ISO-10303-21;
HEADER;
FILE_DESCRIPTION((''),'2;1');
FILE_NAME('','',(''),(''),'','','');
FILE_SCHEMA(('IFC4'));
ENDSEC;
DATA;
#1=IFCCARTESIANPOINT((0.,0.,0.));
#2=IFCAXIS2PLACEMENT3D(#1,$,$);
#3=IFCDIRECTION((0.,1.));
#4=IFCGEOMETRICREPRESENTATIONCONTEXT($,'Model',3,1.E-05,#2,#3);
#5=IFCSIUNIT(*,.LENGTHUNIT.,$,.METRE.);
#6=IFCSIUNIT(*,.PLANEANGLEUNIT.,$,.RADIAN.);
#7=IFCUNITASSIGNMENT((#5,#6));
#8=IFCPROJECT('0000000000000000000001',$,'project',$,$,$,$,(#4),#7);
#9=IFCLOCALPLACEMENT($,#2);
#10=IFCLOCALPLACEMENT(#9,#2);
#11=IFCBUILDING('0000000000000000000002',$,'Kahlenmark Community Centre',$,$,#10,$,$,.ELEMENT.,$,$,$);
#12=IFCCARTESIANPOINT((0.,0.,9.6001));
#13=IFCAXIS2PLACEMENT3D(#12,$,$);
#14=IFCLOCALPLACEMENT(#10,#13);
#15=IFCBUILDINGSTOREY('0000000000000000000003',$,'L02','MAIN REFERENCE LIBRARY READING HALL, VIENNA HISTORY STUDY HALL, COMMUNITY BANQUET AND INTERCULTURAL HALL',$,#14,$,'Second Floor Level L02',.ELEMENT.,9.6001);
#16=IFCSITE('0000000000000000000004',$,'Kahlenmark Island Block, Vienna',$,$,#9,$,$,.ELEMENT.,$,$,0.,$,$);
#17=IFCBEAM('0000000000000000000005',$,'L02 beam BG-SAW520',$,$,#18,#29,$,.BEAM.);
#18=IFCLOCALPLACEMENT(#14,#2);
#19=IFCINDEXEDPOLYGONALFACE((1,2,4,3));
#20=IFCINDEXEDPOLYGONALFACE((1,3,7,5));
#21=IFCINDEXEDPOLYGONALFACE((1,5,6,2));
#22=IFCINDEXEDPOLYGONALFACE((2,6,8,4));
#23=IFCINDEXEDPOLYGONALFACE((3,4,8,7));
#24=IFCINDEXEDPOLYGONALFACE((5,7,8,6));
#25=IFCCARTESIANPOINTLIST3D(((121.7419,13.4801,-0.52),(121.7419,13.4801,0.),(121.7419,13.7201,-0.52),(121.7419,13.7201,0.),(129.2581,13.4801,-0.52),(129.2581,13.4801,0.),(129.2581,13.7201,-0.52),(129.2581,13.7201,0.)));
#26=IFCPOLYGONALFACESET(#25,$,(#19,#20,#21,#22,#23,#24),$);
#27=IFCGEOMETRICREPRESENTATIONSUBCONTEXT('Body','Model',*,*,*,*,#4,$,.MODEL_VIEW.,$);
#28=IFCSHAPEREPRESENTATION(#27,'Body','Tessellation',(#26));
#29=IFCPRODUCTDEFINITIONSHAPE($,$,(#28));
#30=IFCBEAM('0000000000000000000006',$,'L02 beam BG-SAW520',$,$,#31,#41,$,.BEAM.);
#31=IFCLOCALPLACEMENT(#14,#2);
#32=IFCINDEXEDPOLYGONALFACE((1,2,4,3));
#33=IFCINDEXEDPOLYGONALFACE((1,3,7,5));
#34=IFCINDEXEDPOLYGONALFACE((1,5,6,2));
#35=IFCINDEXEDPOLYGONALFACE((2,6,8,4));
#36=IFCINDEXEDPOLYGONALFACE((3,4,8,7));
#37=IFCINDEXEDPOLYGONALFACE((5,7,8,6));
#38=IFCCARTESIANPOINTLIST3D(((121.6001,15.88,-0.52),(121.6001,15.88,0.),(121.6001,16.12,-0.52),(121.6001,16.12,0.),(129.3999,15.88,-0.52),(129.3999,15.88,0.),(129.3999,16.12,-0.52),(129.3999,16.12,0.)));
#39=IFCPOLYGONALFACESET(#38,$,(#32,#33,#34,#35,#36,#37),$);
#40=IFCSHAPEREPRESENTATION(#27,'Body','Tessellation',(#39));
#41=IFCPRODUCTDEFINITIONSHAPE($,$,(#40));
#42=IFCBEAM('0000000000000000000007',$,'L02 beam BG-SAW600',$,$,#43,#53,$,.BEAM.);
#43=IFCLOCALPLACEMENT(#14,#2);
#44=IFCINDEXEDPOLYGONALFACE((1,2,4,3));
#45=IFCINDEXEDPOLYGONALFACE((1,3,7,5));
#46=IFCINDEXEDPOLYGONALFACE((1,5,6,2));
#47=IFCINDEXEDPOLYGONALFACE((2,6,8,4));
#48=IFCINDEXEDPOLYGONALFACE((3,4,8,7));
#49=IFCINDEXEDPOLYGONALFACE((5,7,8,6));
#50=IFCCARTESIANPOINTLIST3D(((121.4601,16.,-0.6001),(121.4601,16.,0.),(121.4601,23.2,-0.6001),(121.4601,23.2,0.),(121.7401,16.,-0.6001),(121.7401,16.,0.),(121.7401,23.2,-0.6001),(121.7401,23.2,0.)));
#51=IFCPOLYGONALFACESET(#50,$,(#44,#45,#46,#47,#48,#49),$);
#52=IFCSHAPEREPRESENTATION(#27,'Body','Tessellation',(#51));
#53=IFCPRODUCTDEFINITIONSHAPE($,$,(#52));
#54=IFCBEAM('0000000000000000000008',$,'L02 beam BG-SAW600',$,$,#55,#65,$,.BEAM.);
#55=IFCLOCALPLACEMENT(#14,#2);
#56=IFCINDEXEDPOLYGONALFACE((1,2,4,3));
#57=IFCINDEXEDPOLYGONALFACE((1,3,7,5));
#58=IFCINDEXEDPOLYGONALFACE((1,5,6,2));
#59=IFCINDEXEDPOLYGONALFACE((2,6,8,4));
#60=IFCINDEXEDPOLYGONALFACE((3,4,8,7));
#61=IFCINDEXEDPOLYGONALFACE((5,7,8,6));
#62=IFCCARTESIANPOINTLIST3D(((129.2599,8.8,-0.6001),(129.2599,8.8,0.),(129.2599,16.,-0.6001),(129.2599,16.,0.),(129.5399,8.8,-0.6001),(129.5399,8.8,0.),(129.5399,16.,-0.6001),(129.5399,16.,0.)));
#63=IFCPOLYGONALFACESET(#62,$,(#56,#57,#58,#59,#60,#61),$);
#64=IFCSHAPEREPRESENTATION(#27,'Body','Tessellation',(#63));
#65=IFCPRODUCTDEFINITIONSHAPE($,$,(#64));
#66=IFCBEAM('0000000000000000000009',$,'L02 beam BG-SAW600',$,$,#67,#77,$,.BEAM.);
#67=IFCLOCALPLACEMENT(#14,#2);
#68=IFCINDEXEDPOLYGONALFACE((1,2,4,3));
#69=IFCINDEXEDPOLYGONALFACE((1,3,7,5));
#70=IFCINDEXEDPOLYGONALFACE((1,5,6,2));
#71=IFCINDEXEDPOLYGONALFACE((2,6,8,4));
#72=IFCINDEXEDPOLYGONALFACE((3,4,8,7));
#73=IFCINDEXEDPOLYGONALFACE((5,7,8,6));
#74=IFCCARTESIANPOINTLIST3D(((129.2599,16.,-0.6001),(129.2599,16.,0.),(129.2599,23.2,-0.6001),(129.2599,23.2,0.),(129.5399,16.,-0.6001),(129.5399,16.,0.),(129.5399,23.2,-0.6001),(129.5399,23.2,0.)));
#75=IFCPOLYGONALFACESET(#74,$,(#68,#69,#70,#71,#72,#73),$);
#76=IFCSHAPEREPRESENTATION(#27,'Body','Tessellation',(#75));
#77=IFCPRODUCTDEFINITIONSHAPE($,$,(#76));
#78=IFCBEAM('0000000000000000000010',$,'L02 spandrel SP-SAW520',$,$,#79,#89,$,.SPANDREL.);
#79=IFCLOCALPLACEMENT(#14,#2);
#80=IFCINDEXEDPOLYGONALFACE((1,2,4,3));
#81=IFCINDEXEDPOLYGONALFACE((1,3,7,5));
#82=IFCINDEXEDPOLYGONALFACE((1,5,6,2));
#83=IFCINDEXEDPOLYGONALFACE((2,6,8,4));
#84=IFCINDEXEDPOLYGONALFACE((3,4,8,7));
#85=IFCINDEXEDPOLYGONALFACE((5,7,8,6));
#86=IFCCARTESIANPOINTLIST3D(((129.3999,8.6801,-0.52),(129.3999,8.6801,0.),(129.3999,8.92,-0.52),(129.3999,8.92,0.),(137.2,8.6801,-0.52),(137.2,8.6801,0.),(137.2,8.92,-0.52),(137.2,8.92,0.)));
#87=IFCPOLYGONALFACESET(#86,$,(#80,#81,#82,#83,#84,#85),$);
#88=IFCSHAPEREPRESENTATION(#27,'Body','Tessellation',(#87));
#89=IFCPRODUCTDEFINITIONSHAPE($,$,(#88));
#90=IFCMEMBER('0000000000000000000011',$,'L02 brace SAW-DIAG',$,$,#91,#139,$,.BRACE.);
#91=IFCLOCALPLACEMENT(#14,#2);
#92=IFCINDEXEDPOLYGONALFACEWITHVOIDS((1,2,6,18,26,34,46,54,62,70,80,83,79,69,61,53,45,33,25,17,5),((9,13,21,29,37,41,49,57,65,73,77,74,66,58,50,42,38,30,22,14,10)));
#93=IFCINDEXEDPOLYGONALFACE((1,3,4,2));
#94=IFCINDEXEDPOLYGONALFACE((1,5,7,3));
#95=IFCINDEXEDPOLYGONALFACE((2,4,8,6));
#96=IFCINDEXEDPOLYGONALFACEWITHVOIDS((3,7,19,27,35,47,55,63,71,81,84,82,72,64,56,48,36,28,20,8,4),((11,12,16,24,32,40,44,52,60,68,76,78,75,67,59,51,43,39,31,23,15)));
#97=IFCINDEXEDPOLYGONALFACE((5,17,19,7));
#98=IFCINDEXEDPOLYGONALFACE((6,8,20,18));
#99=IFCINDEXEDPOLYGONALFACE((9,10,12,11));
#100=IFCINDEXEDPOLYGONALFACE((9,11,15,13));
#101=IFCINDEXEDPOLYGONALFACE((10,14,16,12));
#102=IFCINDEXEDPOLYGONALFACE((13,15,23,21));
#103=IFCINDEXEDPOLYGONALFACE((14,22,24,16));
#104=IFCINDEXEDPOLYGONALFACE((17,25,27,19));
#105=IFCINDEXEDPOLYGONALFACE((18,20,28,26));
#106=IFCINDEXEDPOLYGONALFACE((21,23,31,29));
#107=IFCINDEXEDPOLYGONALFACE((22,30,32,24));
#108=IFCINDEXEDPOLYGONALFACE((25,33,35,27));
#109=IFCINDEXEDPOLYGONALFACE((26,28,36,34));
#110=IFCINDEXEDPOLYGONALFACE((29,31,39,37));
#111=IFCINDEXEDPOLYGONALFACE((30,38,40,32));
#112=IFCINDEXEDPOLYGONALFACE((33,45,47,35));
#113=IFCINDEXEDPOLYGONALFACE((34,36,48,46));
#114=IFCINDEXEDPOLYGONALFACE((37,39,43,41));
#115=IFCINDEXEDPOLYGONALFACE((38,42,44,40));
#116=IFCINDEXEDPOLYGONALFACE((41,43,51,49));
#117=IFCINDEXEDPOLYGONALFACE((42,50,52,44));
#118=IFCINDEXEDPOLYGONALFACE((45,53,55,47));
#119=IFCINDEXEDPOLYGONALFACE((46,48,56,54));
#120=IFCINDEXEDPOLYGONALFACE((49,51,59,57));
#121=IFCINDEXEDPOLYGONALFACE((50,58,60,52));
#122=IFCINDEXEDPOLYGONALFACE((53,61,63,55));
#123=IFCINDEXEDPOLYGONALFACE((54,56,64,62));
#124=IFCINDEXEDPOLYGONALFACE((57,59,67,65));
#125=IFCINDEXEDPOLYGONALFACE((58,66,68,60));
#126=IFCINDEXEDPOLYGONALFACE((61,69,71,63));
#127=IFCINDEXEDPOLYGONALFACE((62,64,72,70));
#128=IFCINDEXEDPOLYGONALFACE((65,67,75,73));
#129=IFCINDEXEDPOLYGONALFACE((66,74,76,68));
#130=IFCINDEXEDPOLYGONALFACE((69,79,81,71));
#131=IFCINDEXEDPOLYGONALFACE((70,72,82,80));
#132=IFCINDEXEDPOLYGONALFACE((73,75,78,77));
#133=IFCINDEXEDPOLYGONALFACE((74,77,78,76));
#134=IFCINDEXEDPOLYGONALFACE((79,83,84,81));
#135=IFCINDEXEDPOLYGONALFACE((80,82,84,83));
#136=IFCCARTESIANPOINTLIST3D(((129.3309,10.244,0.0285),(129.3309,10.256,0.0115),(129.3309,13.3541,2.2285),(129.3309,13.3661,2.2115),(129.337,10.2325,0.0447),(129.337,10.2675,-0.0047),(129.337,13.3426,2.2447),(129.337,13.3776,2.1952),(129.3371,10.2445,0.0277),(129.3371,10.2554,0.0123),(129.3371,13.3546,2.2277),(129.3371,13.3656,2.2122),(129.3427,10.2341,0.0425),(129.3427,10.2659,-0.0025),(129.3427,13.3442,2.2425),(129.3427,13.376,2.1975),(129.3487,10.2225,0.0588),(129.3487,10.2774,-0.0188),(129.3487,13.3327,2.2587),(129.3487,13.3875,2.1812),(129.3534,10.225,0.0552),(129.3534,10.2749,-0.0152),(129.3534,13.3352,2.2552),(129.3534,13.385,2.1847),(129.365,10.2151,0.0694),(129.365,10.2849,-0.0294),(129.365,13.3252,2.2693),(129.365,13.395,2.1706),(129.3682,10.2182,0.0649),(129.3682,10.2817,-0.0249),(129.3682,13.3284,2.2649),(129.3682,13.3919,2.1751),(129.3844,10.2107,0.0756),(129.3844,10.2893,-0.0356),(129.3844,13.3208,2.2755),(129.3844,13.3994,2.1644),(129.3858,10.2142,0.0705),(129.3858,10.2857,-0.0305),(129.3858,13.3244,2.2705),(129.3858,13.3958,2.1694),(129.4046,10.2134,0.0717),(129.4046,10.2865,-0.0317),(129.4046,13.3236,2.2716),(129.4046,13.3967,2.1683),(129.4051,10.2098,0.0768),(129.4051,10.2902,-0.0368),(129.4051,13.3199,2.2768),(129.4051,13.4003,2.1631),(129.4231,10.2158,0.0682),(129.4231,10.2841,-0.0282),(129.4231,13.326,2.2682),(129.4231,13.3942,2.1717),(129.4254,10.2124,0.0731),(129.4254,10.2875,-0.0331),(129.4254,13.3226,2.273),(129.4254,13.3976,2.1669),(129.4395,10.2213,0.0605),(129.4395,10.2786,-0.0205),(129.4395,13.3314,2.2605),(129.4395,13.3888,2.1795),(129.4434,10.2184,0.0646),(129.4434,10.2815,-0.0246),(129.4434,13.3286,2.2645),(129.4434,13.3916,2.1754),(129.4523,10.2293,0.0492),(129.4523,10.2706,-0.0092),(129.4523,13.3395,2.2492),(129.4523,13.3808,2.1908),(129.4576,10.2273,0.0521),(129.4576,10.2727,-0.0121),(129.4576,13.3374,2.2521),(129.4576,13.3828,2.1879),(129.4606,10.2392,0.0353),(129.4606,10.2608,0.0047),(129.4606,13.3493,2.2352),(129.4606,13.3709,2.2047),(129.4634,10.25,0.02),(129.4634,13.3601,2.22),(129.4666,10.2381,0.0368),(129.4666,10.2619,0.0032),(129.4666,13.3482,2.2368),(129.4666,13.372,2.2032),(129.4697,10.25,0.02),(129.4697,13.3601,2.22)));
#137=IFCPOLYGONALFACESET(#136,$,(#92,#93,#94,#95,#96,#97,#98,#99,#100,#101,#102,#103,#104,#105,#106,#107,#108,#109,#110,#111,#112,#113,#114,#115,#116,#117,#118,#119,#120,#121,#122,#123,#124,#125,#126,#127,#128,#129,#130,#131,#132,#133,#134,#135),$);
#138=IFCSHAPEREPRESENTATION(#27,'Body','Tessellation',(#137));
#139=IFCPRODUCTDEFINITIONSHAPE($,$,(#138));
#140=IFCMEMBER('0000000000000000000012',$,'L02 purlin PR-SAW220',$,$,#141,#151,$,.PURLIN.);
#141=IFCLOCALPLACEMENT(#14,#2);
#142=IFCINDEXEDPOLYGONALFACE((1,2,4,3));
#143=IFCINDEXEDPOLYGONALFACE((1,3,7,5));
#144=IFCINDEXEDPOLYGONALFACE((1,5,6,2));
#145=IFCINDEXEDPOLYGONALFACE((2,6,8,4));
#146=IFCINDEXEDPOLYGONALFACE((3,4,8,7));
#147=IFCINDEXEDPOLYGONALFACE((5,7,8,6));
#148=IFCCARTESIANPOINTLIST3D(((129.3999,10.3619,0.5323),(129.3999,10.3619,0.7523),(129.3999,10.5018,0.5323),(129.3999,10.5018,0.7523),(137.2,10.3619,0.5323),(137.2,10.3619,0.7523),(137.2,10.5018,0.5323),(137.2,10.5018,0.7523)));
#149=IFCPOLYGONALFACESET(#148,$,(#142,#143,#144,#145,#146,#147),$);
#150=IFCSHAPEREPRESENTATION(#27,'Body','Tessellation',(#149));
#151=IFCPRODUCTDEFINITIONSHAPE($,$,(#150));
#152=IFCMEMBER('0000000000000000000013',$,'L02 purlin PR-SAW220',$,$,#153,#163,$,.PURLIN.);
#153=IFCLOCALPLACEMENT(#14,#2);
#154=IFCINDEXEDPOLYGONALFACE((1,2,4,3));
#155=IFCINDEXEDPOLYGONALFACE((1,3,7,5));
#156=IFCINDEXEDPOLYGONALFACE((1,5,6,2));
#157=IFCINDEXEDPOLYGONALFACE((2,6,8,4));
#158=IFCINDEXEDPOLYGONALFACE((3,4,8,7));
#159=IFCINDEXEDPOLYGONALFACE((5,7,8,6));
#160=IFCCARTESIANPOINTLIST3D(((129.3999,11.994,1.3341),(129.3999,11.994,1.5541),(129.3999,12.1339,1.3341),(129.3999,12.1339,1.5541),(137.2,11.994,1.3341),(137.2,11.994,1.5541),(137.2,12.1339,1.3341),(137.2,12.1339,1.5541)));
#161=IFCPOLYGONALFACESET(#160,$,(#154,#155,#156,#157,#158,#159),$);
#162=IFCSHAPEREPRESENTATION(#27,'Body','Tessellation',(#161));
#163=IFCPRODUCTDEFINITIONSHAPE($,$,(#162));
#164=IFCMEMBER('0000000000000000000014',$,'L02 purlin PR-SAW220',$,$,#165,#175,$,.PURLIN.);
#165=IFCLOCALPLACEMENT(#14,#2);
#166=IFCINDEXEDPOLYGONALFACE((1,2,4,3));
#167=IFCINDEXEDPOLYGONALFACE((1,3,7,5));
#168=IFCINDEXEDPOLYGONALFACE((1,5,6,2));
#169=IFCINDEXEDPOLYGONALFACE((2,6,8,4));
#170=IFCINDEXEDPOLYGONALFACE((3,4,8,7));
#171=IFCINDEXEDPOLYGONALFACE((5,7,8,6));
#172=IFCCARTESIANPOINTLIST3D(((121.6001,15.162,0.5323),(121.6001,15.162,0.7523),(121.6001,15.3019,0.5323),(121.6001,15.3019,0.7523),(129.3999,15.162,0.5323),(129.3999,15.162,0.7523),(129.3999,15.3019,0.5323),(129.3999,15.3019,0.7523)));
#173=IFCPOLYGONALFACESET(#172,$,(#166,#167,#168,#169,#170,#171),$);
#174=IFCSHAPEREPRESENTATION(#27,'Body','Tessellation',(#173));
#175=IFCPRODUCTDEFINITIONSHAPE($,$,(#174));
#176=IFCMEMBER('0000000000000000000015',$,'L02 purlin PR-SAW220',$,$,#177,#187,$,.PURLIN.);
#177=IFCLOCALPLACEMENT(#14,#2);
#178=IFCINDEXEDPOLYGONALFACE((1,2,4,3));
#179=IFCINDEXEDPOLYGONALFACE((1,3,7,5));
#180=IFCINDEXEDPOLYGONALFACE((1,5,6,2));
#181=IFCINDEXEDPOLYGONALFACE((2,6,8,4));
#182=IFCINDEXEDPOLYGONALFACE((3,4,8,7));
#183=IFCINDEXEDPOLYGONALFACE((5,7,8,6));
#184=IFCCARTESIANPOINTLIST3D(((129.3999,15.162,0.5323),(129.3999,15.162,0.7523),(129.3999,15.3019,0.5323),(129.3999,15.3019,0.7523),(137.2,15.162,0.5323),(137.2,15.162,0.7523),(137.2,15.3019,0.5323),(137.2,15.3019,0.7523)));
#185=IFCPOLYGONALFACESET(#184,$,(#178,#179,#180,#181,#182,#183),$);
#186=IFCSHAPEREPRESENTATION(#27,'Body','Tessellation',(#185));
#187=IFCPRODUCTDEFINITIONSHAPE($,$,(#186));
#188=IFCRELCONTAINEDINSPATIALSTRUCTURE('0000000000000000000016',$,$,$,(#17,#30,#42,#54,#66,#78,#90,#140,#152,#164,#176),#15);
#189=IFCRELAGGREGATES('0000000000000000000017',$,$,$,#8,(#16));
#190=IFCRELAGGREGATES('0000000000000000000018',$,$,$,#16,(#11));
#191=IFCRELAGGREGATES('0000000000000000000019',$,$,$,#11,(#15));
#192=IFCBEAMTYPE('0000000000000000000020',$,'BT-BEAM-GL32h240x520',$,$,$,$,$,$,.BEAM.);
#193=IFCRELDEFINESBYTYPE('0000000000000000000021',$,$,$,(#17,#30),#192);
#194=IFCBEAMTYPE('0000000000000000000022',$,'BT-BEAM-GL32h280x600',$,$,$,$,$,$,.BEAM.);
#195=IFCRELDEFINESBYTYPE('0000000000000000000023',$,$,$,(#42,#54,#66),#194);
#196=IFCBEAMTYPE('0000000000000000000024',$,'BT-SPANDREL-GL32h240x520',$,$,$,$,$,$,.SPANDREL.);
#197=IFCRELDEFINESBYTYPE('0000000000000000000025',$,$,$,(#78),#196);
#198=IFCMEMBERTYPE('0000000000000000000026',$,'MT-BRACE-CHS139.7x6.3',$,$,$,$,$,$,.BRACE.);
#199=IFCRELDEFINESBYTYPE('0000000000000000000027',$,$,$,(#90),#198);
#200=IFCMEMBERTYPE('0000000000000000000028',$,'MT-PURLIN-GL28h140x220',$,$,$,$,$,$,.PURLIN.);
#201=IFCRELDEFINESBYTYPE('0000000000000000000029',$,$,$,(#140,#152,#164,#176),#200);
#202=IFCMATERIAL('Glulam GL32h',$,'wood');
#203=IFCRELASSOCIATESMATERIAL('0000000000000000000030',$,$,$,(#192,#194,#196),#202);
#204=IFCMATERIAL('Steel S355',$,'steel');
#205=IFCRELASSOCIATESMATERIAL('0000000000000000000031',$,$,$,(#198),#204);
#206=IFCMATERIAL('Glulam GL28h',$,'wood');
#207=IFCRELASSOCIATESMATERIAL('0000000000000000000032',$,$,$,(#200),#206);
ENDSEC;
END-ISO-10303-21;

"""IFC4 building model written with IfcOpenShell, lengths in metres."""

from ifc_helpers import new_model, si_unit, direction, frame, origin, origin_2d, place, context, subcontext, project, spatial, rectangle, hollow_circle, extrude, material, material_profile, profile_set, type_object, element, save


model = new_model("IFC4")

# Units and contexts
model_context = context("Model", 3, precision=1e-05, world=origin(), true_north=direction((0.0, 1.0)))
body_context = subcontext(model_context, "Body", "Model", "MODEL_VIEW")
ifc_project = project(units=[si_unit("LENGTHUNIT", "METRE"), si_unit("PLANEANGLEUNIT", "RADIAN")], contexts=[model_context])

# Site, building, storey
site_placement = place(None, origin())
site = spatial("IfcSite", under=ifc_project, at=site_placement, Name="Kahlenmark Island Block, Vienna", CompositionType="ELEMENT", RefElevation=0.0)
building_placement = place(site_placement, origin())
building = spatial("IfcBuilding", under=site, at=building_placement, Name="Kahlenmark Community Centre", CompositionType="ELEMENT")
storey_placement = place(building_placement, frame((0.0, 0.0, 9.6001)))
storey = spatial("IfcBuildingStorey", under=building, at=storey_placement, Name="L02", Description="MAIN REFERENCE LIBRARY READING HALL, VIENNA HISTORY STUDY HALL, COMMUNITY BANQUET AND INTERCULTURAL HALL", LongName="Second Floor Level L02", CompositionType="ELEMENT", Elevation=9.6001)

# Beams
ifc_material_1 = material(Name="Glulam GL32h", Category="wood")
ifc_material_profile_1 = material_profile(ifc_material_1, rectangle(XDim=0.24, YDim=0.52, at=origin_2d()), Name="GL32h 240x520")
ifc_profile_set_1 = profile_set([ifc_material_profile_1], Name="Glulam GL32h")
beam_type_1 = type_object("IfcBeamType", Name="BT-BEAM-GL32h240x520", PredefinedType="BEAM", material=ifc_profile_set_1)
beam_1_placement = place(storey_placement, frame((121.7419, 13.6001, -0.26), z_axis=(1.0, 0.0, 0.0), x_axis=(0.0, 1.0, 0.0)))
element("IfcBeam", 1, at=beam_1_placement, inside=storey, type_object=beam_type_1, Name="L02 beam BG-SAW520", PredefinedType="BEAM", context=body_context, shape_type="SweptSolid", body=[
    extrude(rectangle(XDim=0.24, YDim=0.52, at=origin_2d()), origin(), (0.0, 0.0, 1.0), 7.5161),
])
beam_2_placement = place(storey_placement, frame((121.6001, 16.0, -0.26), z_axis=(1.0, 0.0, 0.0), x_axis=(0.0, 1.0, 0.0)))
element("IfcBeam", 2, at=beam_2_placement, inside=storey, type_object=beam_type_1, Name="L02 beam BG-SAW520", PredefinedType="BEAM", context=body_context, shape_type="SweptSolid", body=[
    extrude(rectangle(XDim=0.24, YDim=0.52, at=origin_2d()), origin(), (0.0, 0.0, 1.0), 7.7998),
])
ifc_material_profile_2 = material_profile(ifc_material_1, rectangle(XDim=0.28, YDim=0.6001, at=origin_2d()), Name="GL32h 280x600")
ifc_profile_set_2 = profile_set([ifc_material_profile_2], Name="Glulam GL32h")
beam_type_2 = type_object("IfcBeamType", Name="BT-BEAM-GL32h280x600", PredefinedType="BEAM", material=ifc_profile_set_2)
for number, where, z_axis, x_axis, name in (
    (3, (121.6001, 16.0, -0.3), (0.0, 1.0, 0.0), (-1.0, 0.0, 0.0), "L02 beam BG-SAW600"),
    (4, (129.3999, 8.8, -0.3), (0.0, 1.0, 0.0), (-1.0, 0.0, 0.0), "L02 beam BG-SAW600"),
    (5, (129.3999, 16.0, -0.3), (0.0, 1.0, 0.0), (-1.0, 0.0, 0.0), "L02 beam BG-SAW600"),
):
    element("IfcBeam", number, at=place(storey_placement, frame(where, z_axis=z_axis, x_axis=x_axis)), inside=storey, type_object=beam_type_2, Name=name, PredefinedType="BEAM", context=body_context, shape_type="SweptSolid", body=[
        extrude(rectangle(XDim=0.28, YDim=0.6001, at=origin_2d()), origin(), (0.0, 0.0, 1.0), 7.2),
    ])
ifc_material_profile_3 = material_profile(ifc_material_1, rectangle(XDim=0.24, YDim=0.52, at=origin_2d()), Name="GL32h 240x520")
ifc_profile_set_3 = profile_set([ifc_material_profile_3], Name="Glulam GL32h")
beam_type_3 = type_object("IfcBeamType", Name="BT-SPANDREL-GL32h240x520", PredefinedType="SPANDREL", material=ifc_profile_set_3)
beam_3_placement = place(storey_placement, frame((129.3999, 8.8, -0.26), z_axis=(1.0, 0.0, 0.0), x_axis=(0.0, 1.0, 0.0)))
element("IfcBeam", 6, at=beam_3_placement, inside=storey, type_object=beam_type_3, Name="L02 spandrel SP-SAW520", PredefinedType="SPANDREL", context=body_context, shape_type="SweptSolid", body=[
    extrude(rectangle(XDim=0.24, YDim=0.52, at=origin_2d()), origin(), (0.0, 0.0, 1.0), 7.8),
])

# Members
ifc_material_2 = material(Name="Steel S355", Category="steel")
ifc_material_profile_4 = material_profile(ifc_material_2, hollow_circle(Radius=0.0698, WallThickness=0.0063, at=origin_2d()), Name="CHS 139.7x6.3")
ifc_profile_set_4 = profile_set([ifc_material_profile_4], Name="Steel S355")
member_type_1 = type_object("IfcMemberType", Name="MT-BRACE-CHS139.7x6.3", PredefinedType="BRACE", material=ifc_profile_set_4)
member_1_placement = place(storey_placement, frame((129.3999, 13.3601, 2.22), z_axis=(0.0, -0.816401, -0.577486), x_axis=(1.0, 0.0, 0.0)))
element("IfcMember", 7, at=member_1_placement, inside=storey, type_object=member_type_1, Name="L02 brace SAW-DIAG", PredefinedType="BRACE", context=body_context, shape_type="SweptSolid", body=[
    extrude(hollow_circle(Radius=0.0698, WallThickness=0.0063, at=origin_2d()), origin(), (0.0, 0.0, 1.0), 3.8096),
])
ifc_material_3 = material(Name="Glulam GL28h", Category="wood")
ifc_material_profile_5 = material_profile(ifc_material_3, rectangle(XDim=0.1399, YDim=0.22, at=origin_2d()), Name="GL28h 140x220")
ifc_profile_set_5 = profile_set([ifc_material_profile_5], Name="Glulam GL28h")
member_type_2 = type_object("IfcMemberType", Name="MT-PURLIN-GL28h140x220", PredefinedType="PURLIN", material=ifc_profile_set_5)
for number, where, z_axis, x_axis, name in (
    (8, (129.3999, 10.4319, 0.6423), (1.0, 0.0, 0.0), (0.0, 1.0, 0.0), "L02 purlin PR-SAW220"),
    (9, (129.3999, 12.064, 1.4441), (1.0, 0.0, 0.0), (0.0, 1.0, 0.0), "L02 purlin PR-SAW220"),
):
    element("IfcMember", number, at=place(storey_placement, frame(where, z_axis=z_axis, x_axis=x_axis)), inside=storey, type_object=member_type_2, Name=name, PredefinedType="PURLIN", context=body_context, shape_type="SweptSolid", body=[
        extrude(rectangle(XDim=0.1399, YDim=0.22, at=origin_2d()), origin(), (0.0, 0.0, 1.0), 7.8),
    ])
member_2_placement = place(storey_placement, frame((121.6001, 15.2319, 0.6423), z_axis=(1.0, 0.0, 0.0), x_axis=(0.0, 1.0, 0.0)))
element("IfcMember", 10, at=member_2_placement, inside=storey, type_object=member_type_2, Name="L02 purlin PR-SAW220", PredefinedType="PURLIN", context=body_context, shape_type="SweptSolid", body=[
    extrude(rectangle(XDim=0.1399, YDim=0.22, at=origin_2d()), origin(), (0.0, 0.0, 1.0), 7.7998),
])
member_3_placement = place(storey_placement, frame((129.3999, 15.2319, 0.6423), z_axis=(1.0, 0.0, 0.0), x_axis=(0.0, 1.0, 0.0)))
element("IfcMember", 11, at=member_3_placement, inside=storey, type_object=member_type_2, Name="L02 purlin PR-SAW220", PredefinedType="PURLIN", context=body_context, shape_type="SweptSolid", body=[
    extrude(rectangle(XDim=0.1399, YDim=0.22, at=origin_2d()), origin(), (0.0, 0.0, 1.0), 7.8),
])

save(model, "model.ifc")
